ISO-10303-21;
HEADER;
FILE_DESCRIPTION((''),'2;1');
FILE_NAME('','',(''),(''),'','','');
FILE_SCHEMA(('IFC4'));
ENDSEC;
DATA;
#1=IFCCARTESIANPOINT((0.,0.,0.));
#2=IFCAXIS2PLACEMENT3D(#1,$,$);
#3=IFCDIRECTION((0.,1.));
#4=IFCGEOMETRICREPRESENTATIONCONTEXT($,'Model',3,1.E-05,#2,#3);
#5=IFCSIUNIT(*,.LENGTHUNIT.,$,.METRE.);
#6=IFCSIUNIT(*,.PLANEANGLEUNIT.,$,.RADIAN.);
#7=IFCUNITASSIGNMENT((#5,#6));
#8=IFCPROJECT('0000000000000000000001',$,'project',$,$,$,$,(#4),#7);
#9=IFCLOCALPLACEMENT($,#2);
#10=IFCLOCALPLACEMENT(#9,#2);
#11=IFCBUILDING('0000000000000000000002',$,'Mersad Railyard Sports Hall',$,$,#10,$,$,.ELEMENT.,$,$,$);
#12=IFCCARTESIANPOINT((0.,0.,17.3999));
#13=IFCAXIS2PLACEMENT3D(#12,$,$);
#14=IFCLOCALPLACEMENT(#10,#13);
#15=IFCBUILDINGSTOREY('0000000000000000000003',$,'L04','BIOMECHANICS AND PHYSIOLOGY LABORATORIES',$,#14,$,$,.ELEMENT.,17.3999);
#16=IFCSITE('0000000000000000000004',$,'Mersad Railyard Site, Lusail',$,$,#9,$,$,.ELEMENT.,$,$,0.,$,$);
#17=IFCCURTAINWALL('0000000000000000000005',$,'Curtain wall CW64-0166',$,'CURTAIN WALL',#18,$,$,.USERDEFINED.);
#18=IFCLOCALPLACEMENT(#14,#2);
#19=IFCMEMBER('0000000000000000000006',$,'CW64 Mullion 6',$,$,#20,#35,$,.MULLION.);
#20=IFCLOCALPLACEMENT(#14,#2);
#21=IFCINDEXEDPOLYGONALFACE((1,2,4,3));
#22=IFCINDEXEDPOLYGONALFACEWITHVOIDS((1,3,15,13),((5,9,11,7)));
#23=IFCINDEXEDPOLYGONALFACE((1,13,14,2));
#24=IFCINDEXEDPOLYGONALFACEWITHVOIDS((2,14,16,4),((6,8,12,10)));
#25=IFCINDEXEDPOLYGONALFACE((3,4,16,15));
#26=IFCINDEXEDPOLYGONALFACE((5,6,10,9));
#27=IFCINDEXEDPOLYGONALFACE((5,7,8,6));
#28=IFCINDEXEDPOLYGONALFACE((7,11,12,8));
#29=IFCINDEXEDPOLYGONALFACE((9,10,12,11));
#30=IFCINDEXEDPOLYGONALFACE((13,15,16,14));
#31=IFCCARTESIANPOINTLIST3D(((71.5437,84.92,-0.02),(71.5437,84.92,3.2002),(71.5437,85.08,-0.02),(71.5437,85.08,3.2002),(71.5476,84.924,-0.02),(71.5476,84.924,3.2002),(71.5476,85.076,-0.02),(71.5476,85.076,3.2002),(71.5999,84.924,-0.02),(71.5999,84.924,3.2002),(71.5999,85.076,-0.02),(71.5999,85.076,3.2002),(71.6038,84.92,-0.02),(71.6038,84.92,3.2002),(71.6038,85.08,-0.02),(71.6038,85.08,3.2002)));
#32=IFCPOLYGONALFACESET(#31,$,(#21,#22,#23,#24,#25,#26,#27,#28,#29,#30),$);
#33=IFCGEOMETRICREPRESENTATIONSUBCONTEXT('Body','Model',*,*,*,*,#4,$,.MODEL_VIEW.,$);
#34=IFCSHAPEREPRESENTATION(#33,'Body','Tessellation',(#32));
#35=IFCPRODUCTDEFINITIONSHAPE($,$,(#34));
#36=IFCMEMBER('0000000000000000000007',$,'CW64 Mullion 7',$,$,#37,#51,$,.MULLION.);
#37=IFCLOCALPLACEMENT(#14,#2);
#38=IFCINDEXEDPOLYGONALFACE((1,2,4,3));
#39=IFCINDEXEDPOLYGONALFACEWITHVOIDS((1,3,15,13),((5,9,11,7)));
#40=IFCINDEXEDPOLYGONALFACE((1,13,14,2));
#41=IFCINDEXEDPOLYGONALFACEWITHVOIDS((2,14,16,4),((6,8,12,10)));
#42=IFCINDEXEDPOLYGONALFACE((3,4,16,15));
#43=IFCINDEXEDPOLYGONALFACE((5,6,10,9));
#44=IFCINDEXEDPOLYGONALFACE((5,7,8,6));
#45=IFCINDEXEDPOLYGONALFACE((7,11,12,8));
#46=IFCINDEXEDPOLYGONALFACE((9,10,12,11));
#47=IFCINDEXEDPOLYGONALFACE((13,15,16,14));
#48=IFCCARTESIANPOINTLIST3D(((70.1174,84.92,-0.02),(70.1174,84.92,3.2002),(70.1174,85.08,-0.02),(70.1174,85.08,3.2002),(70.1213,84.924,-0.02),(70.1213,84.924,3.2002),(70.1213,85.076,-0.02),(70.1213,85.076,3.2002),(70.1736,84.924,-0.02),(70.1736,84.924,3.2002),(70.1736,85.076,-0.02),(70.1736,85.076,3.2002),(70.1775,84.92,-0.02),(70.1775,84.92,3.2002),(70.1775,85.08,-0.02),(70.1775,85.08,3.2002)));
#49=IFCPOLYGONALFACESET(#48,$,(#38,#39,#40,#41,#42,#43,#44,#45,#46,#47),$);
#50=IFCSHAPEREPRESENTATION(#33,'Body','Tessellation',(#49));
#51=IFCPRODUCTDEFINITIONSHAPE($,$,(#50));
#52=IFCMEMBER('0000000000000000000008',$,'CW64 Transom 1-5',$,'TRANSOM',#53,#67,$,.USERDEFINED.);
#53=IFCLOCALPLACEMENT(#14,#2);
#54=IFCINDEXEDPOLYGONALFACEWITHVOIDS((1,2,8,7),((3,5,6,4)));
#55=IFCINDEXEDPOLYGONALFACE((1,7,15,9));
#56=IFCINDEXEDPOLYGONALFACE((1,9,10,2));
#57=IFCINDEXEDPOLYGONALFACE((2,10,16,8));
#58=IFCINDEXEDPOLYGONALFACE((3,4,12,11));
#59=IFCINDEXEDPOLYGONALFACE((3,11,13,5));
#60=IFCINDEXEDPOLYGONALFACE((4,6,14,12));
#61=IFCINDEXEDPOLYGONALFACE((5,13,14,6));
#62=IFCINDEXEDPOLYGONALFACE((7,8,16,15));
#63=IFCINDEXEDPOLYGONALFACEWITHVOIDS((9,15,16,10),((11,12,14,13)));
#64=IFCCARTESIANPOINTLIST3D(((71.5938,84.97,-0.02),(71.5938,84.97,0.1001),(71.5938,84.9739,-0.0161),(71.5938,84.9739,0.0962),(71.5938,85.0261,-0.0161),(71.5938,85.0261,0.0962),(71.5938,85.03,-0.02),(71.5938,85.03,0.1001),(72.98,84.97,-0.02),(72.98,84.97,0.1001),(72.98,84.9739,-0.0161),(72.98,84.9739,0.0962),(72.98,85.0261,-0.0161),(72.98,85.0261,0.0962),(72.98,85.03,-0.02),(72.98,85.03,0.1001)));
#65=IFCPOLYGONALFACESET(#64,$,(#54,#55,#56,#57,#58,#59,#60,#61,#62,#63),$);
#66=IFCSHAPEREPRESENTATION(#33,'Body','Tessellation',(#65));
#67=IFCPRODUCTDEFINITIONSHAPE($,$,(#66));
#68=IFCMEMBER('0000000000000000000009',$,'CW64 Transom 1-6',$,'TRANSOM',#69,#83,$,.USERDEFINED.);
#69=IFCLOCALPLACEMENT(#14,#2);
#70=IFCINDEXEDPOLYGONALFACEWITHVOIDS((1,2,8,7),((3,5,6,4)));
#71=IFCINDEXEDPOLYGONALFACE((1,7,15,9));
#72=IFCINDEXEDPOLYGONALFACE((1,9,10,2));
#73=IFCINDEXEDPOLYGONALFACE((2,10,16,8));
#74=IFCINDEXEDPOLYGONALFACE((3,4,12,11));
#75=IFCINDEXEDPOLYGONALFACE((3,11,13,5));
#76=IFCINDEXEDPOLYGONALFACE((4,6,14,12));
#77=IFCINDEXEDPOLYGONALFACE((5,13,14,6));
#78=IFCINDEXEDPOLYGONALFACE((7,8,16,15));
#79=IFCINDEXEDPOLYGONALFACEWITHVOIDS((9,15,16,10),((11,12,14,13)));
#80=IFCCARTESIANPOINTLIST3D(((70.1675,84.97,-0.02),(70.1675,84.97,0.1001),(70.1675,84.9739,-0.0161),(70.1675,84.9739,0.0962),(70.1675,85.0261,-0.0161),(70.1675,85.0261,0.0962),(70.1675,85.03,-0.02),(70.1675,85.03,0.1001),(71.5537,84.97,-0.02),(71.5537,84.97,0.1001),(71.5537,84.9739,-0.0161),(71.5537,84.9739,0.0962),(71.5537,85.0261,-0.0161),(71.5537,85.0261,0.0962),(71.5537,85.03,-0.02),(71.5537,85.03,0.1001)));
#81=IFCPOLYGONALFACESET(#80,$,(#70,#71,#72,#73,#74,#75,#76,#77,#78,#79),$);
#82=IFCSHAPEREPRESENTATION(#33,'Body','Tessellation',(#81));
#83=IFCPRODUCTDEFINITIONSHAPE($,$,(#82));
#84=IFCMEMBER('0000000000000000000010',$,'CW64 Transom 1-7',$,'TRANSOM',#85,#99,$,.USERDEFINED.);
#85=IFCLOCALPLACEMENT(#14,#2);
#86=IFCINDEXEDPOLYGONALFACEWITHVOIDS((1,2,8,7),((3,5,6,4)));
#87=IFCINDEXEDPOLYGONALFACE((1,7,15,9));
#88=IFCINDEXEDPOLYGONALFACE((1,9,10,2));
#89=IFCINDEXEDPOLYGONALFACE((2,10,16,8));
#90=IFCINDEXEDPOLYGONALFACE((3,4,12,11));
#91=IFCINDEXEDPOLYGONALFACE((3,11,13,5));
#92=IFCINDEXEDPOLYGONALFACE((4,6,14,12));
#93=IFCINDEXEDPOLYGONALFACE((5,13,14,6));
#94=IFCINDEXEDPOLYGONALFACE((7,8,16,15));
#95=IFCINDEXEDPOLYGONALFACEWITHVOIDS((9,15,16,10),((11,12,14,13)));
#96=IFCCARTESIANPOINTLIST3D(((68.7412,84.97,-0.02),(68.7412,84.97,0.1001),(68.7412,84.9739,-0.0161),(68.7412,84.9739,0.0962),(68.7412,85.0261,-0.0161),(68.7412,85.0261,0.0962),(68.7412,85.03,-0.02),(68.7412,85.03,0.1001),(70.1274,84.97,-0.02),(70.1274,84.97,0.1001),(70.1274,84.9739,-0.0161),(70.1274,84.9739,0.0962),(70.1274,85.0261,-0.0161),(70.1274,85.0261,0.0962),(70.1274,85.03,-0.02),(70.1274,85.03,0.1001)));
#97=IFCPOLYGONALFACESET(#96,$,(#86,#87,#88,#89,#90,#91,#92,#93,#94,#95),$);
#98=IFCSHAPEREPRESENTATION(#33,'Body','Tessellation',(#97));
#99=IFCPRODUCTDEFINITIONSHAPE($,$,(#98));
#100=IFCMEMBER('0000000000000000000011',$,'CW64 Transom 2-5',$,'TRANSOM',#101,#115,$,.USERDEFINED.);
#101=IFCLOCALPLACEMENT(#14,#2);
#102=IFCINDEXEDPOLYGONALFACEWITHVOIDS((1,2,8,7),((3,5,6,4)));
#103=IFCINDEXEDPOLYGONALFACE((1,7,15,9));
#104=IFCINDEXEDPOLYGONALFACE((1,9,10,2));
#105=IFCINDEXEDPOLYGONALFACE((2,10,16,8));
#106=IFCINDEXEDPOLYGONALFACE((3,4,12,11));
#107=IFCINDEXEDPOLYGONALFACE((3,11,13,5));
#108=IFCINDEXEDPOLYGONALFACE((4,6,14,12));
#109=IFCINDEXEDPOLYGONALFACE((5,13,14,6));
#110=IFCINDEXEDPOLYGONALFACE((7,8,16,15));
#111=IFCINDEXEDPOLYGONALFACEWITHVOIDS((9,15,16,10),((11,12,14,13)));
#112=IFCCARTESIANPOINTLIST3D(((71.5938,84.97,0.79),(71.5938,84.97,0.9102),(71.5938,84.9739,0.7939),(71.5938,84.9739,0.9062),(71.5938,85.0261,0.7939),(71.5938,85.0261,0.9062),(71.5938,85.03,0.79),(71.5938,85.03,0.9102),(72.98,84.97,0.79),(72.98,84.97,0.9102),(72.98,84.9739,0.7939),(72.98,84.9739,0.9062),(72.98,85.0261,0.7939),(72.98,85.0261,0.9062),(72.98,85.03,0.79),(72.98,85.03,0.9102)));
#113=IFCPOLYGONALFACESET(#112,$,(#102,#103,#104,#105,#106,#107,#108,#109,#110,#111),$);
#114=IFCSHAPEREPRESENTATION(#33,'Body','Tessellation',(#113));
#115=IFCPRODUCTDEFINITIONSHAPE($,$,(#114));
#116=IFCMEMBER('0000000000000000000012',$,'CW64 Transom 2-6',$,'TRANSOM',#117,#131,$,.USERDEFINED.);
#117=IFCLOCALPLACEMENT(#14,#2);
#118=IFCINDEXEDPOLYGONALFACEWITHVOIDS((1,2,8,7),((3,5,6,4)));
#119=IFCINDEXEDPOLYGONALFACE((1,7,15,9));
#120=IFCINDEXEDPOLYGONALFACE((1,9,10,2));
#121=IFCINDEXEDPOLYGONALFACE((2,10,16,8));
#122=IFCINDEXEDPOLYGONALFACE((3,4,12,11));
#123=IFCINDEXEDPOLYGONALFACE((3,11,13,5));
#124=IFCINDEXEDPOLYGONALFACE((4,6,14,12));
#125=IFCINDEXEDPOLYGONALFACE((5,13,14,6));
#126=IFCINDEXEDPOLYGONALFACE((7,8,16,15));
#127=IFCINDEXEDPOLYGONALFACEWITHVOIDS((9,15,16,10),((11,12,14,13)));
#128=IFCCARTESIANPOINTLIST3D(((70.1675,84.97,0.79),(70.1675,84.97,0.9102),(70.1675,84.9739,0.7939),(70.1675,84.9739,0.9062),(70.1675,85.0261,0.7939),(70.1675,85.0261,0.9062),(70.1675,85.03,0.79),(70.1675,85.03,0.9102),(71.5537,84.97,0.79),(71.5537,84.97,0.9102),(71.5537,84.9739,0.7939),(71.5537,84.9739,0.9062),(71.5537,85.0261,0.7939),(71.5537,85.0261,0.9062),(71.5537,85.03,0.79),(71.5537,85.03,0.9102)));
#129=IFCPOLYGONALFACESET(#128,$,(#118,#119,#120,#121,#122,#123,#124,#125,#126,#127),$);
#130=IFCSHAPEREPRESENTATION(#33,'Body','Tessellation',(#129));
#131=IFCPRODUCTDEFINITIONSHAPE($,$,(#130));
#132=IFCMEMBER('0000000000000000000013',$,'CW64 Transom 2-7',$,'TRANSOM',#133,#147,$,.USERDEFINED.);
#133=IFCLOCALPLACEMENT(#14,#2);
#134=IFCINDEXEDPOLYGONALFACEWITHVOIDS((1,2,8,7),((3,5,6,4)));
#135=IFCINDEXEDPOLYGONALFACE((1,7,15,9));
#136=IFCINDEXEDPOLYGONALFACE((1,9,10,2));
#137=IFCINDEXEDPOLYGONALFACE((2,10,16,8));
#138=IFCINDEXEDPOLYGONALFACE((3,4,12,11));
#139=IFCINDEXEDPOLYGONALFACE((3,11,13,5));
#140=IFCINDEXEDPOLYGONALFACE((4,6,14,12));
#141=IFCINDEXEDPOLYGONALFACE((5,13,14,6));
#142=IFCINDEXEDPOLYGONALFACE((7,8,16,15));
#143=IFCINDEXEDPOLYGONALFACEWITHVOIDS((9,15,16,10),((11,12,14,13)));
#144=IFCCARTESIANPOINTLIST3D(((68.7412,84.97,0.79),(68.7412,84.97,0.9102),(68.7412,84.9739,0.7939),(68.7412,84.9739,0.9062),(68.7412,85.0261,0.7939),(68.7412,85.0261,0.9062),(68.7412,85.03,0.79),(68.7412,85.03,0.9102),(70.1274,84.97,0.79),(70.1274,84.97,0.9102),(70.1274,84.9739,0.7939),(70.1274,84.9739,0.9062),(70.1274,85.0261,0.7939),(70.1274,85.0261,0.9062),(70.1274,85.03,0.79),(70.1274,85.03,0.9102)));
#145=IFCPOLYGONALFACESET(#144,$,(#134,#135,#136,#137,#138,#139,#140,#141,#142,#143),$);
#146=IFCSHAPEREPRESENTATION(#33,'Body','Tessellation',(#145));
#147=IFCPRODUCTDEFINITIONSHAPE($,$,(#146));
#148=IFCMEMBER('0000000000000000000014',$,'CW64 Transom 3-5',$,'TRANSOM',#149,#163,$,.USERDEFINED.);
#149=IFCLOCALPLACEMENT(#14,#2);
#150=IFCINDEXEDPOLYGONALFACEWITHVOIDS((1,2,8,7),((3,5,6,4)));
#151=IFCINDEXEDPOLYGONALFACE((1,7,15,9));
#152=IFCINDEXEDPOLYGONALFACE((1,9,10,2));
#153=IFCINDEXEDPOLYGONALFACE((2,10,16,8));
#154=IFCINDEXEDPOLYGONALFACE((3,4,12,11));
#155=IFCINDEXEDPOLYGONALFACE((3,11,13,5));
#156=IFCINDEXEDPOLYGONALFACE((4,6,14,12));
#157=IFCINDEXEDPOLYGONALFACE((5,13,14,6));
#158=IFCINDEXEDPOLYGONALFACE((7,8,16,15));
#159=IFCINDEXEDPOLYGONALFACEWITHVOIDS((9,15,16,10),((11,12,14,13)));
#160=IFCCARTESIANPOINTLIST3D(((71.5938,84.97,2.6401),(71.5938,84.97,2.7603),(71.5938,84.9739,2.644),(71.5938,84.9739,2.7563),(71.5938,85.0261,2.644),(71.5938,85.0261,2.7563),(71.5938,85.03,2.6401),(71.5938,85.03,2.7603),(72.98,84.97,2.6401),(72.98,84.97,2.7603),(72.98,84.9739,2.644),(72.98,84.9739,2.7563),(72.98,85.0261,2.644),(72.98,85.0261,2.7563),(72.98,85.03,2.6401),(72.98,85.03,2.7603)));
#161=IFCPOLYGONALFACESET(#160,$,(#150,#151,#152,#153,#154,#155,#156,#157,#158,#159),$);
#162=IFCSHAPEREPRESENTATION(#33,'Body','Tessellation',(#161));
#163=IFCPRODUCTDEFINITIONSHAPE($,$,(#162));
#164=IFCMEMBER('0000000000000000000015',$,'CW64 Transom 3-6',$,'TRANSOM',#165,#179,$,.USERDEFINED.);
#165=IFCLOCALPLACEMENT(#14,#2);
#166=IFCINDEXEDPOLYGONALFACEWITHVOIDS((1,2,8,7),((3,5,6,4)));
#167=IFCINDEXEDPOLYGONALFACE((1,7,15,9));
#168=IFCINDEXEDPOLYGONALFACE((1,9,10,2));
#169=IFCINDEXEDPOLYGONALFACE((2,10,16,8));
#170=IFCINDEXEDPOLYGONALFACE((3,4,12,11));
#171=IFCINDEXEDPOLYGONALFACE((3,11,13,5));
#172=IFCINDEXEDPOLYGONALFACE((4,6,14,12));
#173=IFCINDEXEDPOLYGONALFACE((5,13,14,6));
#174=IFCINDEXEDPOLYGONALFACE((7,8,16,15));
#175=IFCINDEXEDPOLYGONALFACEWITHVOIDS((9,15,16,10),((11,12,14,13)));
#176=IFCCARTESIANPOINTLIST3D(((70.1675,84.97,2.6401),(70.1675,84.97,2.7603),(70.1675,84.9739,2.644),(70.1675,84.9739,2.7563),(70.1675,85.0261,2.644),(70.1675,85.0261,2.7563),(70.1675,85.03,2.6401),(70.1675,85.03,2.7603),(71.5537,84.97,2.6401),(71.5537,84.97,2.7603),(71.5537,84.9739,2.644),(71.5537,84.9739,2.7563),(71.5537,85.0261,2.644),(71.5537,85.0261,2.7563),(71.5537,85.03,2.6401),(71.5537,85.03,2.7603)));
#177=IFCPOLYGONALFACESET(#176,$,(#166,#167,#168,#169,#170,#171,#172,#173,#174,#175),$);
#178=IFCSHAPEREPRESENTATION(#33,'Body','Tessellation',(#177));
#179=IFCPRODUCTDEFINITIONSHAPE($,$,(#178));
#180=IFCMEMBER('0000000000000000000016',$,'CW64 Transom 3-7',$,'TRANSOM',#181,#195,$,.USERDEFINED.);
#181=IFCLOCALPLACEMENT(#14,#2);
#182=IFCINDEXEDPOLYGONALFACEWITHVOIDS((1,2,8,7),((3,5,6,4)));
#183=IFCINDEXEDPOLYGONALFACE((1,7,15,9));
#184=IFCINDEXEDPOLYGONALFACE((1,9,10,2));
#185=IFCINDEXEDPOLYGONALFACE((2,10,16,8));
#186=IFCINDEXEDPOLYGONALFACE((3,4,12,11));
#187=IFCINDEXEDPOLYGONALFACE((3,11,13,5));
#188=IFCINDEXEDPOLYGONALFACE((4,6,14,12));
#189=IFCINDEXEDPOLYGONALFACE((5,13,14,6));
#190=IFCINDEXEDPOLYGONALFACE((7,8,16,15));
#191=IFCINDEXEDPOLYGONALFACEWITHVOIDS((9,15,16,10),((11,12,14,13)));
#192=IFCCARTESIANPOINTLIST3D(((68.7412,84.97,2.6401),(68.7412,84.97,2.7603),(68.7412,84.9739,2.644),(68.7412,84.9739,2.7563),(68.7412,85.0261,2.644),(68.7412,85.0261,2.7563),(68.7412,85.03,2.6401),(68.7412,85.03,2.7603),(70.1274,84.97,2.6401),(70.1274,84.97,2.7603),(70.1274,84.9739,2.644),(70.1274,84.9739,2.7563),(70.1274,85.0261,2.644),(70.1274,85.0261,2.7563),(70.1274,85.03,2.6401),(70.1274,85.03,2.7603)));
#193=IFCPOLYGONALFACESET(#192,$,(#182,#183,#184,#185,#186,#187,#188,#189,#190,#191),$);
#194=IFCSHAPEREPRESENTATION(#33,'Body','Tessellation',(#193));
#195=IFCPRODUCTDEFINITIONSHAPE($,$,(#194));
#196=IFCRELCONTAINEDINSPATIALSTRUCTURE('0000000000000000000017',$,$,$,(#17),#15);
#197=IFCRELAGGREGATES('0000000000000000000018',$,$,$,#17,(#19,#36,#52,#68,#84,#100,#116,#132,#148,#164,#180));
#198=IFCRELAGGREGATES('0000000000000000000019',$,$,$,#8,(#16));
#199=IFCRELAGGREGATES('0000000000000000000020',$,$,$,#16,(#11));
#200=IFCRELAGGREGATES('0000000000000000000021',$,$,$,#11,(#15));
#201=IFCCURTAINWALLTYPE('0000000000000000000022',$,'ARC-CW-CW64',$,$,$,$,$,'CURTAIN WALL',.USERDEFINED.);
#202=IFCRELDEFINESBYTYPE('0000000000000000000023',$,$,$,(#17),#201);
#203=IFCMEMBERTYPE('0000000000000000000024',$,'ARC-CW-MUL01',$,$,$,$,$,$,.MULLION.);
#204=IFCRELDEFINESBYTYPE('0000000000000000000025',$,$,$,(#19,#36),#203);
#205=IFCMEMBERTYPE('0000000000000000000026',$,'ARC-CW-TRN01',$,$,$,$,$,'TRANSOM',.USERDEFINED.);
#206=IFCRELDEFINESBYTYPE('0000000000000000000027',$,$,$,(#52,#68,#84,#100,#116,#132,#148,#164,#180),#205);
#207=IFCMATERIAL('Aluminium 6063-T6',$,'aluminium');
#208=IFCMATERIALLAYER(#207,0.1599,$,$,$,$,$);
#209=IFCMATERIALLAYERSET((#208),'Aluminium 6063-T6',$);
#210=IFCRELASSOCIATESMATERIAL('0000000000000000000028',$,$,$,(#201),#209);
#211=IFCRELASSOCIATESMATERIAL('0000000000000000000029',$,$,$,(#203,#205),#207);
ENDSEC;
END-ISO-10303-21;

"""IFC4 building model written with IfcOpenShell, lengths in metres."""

from ifc_helpers import new_model, si_unit, direction, frame, origin, origin_2d, place, context, subcontext, project, spatial, hollow_rectangle, extrude, material, layer, layer_set, material_profile, profile_set, type_object, element, aggregate, save


model = new_model("IFC4")

# Units and contexts
model_context = context("Model", 3, precision=1e-05, world=origin(), true_north=direction((0.0, 1.0)))
body_context = subcontext(model_context, "Body", "Model", "MODEL_VIEW")
ifc_project = project(units=[si_unit("LENGTHUNIT", "METRE"), si_unit("PLANEANGLEUNIT", "RADIAN")], contexts=[model_context])

# Site, building, storey
site_placement = place(None, origin())
site = spatial("IfcSite", under=ifc_project, at=site_placement, Name="Mersad Railyard Site, Lusail", CompositionType="ELEMENT", RefElevation=0.0)
building_placement = place(site_placement, origin())
building = spatial("IfcBuilding", under=site, at=building_placement, Name="Mersad Railyard Sports Hall", CompositionType="ELEMENT")
storey_placement = place(building_placement, frame((0.0, 0.0, 17.3999)))
storey = spatial("IfcBuildingStorey", under=building, at=storey_placement, Name="L04", Description="BIOMECHANICS AND PHYSIOLOGY LABORATORIES", CompositionType="ELEMENT", Elevation=17.3999)

# Curtain wall, members
ifc_material_1 = material(Name="Aluminium 6063-T6", Category="aluminium")
ifc_layer_1 = layer(ifc_material_1, 0.1599)
ifc_layer_set_1 = layer_set([ifc_layer_1], Name="Aluminium 6063-T6")
curtain_wall_type = type_object("IfcCurtainWallType", Name="ARC-CW-CW64", ElementType="CURTAIN WALL", PredefinedType="USERDEFINED", material=ifc_layer_set_1)
curtain_wall_placement = place(storey_placement, origin())
curtain_wall = element("IfcCurtainWall", 1, at=curtain_wall_placement, inside=storey, type_object=curtain_wall_type, Name="Curtain wall CW64-0166", ObjectType="CURTAIN WALL", PredefinedType="USERDEFINED")
ifc_material_profile_1 = material_profile(ifc_material_1, hollow_rectangle(XDim=0.0601, YDim=0.1599, WallThickness=0.0039, at=origin_2d()), Name="AL MULLION 60x160x4")
ifc_profile_set_1 = profile_set([ifc_material_profile_1], Name="Aluminium 6063-T6")
member_type_1 = type_object("IfcMemberType", Name="ARC-CW-MUL01", PredefinedType="MULLION", material=ifc_profile_set_1)
member_1_placement = place(storey_placement, frame((71.5737, 85.0, -0.02), z_axis=(0.0, 0.0, 1.0), x_axis=(1.0, 0.0, 0.0)))
member_1 = element("IfcMember", 2, at=member_1_placement, type_object=member_type_1, Name="CW64 Mullion 6", PredefinedType="MULLION", context=body_context, shape_type="SweptSolid", body=[
    extrude(hollow_rectangle(XDim=0.0601, YDim=0.1599, WallThickness=0.0039, at=origin_2d()), origin(), (0.0, 0.0, 1.0), 3.2202),
])
member_2_placement = place(storey_placement, frame((70.1475, 85.0, -0.02), z_axis=(0.0, 0.0, 1.0), x_axis=(1.0, 0.0, 0.0)))
member_2 = element("IfcMember", 3, at=member_2_placement, type_object=member_type_1, Name="CW64 Mullion 7", PredefinedType="MULLION", context=body_context, shape_type="SweptSolid", body=[
    extrude(hollow_rectangle(XDim=0.0601, YDim=0.1599, WallThickness=0.0039, at=origin_2d()), origin(), (0.0, 0.0, 1.0), 3.2202),
])
ifc_material_profile_2 = material_profile(ifc_material_1, hollow_rectangle(XDim=0.0601, YDim=0.1201, WallThickness=0.0039, at=origin_2d()), Name="AL TRANSOM 60x120x4")
ifc_profile_set_2 = profile_set([ifc_material_profile_2], Name="Aluminium 6063-T6")
member_type_2 = type_object("IfcMemberType", Name="ARC-CW-TRN01", ElementType="TRANSOM", PredefinedType="USERDEFINED", material=ifc_profile_set_2)
member_3_placement = place(storey_placement, frame((72.98, 85.0, 0.04), z_axis=(-1.0, 0.0, 0.0), x_axis=(0.0, -1.0, 0.0)))
member_3 = element("IfcMember", 4, at=member_3_placement, type_object=member_type_2, Name="CW64 Transom 1-5", ObjectType="TRANSOM", PredefinedType="USERDEFINED", context=body_context, shape_type="SweptSolid", body=[
    extrude(hollow_rectangle(XDim=0.0601, YDim=0.1201, WallThickness=0.0039, at=origin_2d()), origin(), (0.0, 0.0, 1.0), 1.3862),
])
member_4_placement = place(storey_placement, frame((71.5537, 85.0, 0.04), z_axis=(-1.0, 0.0, 0.0), x_axis=(0.0, -1.0, 0.0)))
member_4 = element("IfcMember", 5, at=member_4_placement, type_object=member_type_2, Name="CW64 Transom 1-6", ObjectType="TRANSOM", PredefinedType="USERDEFINED", context=body_context, shape_type="SweptSolid", body=[
    extrude(hollow_rectangle(XDim=0.0601, YDim=0.1201, WallThickness=0.0039, at=origin_2d()), origin(), (0.0, 0.0, 1.0), 1.3862),
])
member_5_placement = place(storey_placement, frame((70.1274, 85.0, 0.04), z_axis=(-1.0, 0.0, 0.0), x_axis=(0.0, -1.0, 0.0)))
member_5 = element("IfcMember", 6, at=member_5_placement, type_object=member_type_2, Name="CW64 Transom 1-7", ObjectType="TRANSOM", PredefinedType="USERDEFINED", context=body_context, shape_type="SweptSolid", body=[
    extrude(hollow_rectangle(XDim=0.0601, YDim=0.1201, WallThickness=0.0039, at=origin_2d()), origin(), (0.0, 0.0, 1.0), 1.3862),
])
member_6_placement = place(storey_placement, frame((72.98, 85.0, 0.8501), z_axis=(-1.0, 0.0, 0.0), x_axis=(0.0, -1.0, 0.0)))
member_6 = element("IfcMember", 7, at=member_6_placement, type_object=member_type_2, Name="CW64 Transom 2-5", ObjectType="TRANSOM", PredefinedType="USERDEFINED", context=body_context, shape_type="SweptSolid", body=[
    extrude(hollow_rectangle(XDim=0.0601, YDim=0.1201, WallThickness=0.0039, at=origin_2d()), origin(), (0.0, 0.0, 1.0), 1.3862),
])
member_7_placement = place(storey_placement, frame((71.5537, 85.0, 0.8501), z_axis=(-1.0, 0.0, 0.0), x_axis=(0.0, -1.0, 0.0)))
member_7 = element("IfcMember", 8, at=member_7_placement, type_object=member_type_2, Name="CW64 Transom 2-6", ObjectType="TRANSOM", PredefinedType="USERDEFINED", context=body_context, shape_type="SweptSolid", body=[
    extrude(hollow_rectangle(XDim=0.0601, YDim=0.1201, WallThickness=0.0039, at=origin_2d()), origin(), (0.0, 0.0, 1.0), 1.3862),
])
member_8_placement = place(storey_placement, frame((70.1274, 85.0, 0.8501), z_axis=(-1.0, 0.0, 0.0), x_axis=(0.0, -1.0, 0.0)))
member_8 = element("IfcMember", 9, at=member_8_placement, type_object=member_type_2, Name="CW64 Transom 2-7", ObjectType="TRANSOM", PredefinedType="USERDEFINED", context=body_context, shape_type="SweptSolid", body=[
    extrude(hollow_rectangle(XDim=0.0601, YDim=0.1201, WallThickness=0.0039, at=origin_2d()), origin(), (0.0, 0.0, 1.0), 1.3862),
])
member_9_placement = place(storey_placement, frame((72.98, 85.0, 2.7002), z_axis=(-1.0, 0.0, 0.0), x_axis=(0.0, -1.0, 0.0)))
member_9 = element("IfcMember", 10, at=member_9_placement, type_object=member_type_2, Name="CW64 Transom 3-5", ObjectType="TRANSOM", PredefinedType="USERDEFINED", context=body_context, shape_type="SweptSolid", body=[
    extrude(hollow_rectangle(XDim=0.0601, YDim=0.1201, WallThickness=0.0039, at=origin_2d()), origin(), (0.0, 0.0, 1.0), 1.3862),
])
member_10_placement = place(storey_placement, frame((71.5537, 85.0, 2.7002), z_axis=(-1.0, 0.0, 0.0), x_axis=(0.0, -1.0, 0.0)))
member_10 = element("IfcMember", 11, at=member_10_placement, type_object=member_type_2, Name="CW64 Transom 3-6", ObjectType="TRANSOM", PredefinedType="USERDEFINED", context=body_context, shape_type="SweptSolid", body=[
    extrude(hollow_rectangle(XDim=0.0601, YDim=0.1201, WallThickness=0.0039, at=origin_2d()), origin(), (0.0, 0.0, 1.0), 1.3862),
])
member_11_placement = place(storey_placement, frame((70.1274, 85.0, 2.7002), z_axis=(-1.0, 0.0, 0.0), x_axis=(0.0, -1.0, 0.0)))
member_11 = element("IfcMember", 12, at=member_11_placement, type_object=member_type_2, Name="CW64 Transom 3-7", ObjectType="TRANSOM", PredefinedType="USERDEFINED", context=body_context, shape_type="SweptSolid", body=[
    extrude(hollow_rectangle(XDim=0.0601, YDim=0.1201, WallThickness=0.0039, at=origin_2d()), origin(), (0.0, 0.0, 1.0), 1.3862),
])
aggregate(curtain_wall, [member_1, member_2, member_3, member_4, member_5, member_6, member_7, member_8, member_9, member_10, member_11])

save(model, "model.ifc")
